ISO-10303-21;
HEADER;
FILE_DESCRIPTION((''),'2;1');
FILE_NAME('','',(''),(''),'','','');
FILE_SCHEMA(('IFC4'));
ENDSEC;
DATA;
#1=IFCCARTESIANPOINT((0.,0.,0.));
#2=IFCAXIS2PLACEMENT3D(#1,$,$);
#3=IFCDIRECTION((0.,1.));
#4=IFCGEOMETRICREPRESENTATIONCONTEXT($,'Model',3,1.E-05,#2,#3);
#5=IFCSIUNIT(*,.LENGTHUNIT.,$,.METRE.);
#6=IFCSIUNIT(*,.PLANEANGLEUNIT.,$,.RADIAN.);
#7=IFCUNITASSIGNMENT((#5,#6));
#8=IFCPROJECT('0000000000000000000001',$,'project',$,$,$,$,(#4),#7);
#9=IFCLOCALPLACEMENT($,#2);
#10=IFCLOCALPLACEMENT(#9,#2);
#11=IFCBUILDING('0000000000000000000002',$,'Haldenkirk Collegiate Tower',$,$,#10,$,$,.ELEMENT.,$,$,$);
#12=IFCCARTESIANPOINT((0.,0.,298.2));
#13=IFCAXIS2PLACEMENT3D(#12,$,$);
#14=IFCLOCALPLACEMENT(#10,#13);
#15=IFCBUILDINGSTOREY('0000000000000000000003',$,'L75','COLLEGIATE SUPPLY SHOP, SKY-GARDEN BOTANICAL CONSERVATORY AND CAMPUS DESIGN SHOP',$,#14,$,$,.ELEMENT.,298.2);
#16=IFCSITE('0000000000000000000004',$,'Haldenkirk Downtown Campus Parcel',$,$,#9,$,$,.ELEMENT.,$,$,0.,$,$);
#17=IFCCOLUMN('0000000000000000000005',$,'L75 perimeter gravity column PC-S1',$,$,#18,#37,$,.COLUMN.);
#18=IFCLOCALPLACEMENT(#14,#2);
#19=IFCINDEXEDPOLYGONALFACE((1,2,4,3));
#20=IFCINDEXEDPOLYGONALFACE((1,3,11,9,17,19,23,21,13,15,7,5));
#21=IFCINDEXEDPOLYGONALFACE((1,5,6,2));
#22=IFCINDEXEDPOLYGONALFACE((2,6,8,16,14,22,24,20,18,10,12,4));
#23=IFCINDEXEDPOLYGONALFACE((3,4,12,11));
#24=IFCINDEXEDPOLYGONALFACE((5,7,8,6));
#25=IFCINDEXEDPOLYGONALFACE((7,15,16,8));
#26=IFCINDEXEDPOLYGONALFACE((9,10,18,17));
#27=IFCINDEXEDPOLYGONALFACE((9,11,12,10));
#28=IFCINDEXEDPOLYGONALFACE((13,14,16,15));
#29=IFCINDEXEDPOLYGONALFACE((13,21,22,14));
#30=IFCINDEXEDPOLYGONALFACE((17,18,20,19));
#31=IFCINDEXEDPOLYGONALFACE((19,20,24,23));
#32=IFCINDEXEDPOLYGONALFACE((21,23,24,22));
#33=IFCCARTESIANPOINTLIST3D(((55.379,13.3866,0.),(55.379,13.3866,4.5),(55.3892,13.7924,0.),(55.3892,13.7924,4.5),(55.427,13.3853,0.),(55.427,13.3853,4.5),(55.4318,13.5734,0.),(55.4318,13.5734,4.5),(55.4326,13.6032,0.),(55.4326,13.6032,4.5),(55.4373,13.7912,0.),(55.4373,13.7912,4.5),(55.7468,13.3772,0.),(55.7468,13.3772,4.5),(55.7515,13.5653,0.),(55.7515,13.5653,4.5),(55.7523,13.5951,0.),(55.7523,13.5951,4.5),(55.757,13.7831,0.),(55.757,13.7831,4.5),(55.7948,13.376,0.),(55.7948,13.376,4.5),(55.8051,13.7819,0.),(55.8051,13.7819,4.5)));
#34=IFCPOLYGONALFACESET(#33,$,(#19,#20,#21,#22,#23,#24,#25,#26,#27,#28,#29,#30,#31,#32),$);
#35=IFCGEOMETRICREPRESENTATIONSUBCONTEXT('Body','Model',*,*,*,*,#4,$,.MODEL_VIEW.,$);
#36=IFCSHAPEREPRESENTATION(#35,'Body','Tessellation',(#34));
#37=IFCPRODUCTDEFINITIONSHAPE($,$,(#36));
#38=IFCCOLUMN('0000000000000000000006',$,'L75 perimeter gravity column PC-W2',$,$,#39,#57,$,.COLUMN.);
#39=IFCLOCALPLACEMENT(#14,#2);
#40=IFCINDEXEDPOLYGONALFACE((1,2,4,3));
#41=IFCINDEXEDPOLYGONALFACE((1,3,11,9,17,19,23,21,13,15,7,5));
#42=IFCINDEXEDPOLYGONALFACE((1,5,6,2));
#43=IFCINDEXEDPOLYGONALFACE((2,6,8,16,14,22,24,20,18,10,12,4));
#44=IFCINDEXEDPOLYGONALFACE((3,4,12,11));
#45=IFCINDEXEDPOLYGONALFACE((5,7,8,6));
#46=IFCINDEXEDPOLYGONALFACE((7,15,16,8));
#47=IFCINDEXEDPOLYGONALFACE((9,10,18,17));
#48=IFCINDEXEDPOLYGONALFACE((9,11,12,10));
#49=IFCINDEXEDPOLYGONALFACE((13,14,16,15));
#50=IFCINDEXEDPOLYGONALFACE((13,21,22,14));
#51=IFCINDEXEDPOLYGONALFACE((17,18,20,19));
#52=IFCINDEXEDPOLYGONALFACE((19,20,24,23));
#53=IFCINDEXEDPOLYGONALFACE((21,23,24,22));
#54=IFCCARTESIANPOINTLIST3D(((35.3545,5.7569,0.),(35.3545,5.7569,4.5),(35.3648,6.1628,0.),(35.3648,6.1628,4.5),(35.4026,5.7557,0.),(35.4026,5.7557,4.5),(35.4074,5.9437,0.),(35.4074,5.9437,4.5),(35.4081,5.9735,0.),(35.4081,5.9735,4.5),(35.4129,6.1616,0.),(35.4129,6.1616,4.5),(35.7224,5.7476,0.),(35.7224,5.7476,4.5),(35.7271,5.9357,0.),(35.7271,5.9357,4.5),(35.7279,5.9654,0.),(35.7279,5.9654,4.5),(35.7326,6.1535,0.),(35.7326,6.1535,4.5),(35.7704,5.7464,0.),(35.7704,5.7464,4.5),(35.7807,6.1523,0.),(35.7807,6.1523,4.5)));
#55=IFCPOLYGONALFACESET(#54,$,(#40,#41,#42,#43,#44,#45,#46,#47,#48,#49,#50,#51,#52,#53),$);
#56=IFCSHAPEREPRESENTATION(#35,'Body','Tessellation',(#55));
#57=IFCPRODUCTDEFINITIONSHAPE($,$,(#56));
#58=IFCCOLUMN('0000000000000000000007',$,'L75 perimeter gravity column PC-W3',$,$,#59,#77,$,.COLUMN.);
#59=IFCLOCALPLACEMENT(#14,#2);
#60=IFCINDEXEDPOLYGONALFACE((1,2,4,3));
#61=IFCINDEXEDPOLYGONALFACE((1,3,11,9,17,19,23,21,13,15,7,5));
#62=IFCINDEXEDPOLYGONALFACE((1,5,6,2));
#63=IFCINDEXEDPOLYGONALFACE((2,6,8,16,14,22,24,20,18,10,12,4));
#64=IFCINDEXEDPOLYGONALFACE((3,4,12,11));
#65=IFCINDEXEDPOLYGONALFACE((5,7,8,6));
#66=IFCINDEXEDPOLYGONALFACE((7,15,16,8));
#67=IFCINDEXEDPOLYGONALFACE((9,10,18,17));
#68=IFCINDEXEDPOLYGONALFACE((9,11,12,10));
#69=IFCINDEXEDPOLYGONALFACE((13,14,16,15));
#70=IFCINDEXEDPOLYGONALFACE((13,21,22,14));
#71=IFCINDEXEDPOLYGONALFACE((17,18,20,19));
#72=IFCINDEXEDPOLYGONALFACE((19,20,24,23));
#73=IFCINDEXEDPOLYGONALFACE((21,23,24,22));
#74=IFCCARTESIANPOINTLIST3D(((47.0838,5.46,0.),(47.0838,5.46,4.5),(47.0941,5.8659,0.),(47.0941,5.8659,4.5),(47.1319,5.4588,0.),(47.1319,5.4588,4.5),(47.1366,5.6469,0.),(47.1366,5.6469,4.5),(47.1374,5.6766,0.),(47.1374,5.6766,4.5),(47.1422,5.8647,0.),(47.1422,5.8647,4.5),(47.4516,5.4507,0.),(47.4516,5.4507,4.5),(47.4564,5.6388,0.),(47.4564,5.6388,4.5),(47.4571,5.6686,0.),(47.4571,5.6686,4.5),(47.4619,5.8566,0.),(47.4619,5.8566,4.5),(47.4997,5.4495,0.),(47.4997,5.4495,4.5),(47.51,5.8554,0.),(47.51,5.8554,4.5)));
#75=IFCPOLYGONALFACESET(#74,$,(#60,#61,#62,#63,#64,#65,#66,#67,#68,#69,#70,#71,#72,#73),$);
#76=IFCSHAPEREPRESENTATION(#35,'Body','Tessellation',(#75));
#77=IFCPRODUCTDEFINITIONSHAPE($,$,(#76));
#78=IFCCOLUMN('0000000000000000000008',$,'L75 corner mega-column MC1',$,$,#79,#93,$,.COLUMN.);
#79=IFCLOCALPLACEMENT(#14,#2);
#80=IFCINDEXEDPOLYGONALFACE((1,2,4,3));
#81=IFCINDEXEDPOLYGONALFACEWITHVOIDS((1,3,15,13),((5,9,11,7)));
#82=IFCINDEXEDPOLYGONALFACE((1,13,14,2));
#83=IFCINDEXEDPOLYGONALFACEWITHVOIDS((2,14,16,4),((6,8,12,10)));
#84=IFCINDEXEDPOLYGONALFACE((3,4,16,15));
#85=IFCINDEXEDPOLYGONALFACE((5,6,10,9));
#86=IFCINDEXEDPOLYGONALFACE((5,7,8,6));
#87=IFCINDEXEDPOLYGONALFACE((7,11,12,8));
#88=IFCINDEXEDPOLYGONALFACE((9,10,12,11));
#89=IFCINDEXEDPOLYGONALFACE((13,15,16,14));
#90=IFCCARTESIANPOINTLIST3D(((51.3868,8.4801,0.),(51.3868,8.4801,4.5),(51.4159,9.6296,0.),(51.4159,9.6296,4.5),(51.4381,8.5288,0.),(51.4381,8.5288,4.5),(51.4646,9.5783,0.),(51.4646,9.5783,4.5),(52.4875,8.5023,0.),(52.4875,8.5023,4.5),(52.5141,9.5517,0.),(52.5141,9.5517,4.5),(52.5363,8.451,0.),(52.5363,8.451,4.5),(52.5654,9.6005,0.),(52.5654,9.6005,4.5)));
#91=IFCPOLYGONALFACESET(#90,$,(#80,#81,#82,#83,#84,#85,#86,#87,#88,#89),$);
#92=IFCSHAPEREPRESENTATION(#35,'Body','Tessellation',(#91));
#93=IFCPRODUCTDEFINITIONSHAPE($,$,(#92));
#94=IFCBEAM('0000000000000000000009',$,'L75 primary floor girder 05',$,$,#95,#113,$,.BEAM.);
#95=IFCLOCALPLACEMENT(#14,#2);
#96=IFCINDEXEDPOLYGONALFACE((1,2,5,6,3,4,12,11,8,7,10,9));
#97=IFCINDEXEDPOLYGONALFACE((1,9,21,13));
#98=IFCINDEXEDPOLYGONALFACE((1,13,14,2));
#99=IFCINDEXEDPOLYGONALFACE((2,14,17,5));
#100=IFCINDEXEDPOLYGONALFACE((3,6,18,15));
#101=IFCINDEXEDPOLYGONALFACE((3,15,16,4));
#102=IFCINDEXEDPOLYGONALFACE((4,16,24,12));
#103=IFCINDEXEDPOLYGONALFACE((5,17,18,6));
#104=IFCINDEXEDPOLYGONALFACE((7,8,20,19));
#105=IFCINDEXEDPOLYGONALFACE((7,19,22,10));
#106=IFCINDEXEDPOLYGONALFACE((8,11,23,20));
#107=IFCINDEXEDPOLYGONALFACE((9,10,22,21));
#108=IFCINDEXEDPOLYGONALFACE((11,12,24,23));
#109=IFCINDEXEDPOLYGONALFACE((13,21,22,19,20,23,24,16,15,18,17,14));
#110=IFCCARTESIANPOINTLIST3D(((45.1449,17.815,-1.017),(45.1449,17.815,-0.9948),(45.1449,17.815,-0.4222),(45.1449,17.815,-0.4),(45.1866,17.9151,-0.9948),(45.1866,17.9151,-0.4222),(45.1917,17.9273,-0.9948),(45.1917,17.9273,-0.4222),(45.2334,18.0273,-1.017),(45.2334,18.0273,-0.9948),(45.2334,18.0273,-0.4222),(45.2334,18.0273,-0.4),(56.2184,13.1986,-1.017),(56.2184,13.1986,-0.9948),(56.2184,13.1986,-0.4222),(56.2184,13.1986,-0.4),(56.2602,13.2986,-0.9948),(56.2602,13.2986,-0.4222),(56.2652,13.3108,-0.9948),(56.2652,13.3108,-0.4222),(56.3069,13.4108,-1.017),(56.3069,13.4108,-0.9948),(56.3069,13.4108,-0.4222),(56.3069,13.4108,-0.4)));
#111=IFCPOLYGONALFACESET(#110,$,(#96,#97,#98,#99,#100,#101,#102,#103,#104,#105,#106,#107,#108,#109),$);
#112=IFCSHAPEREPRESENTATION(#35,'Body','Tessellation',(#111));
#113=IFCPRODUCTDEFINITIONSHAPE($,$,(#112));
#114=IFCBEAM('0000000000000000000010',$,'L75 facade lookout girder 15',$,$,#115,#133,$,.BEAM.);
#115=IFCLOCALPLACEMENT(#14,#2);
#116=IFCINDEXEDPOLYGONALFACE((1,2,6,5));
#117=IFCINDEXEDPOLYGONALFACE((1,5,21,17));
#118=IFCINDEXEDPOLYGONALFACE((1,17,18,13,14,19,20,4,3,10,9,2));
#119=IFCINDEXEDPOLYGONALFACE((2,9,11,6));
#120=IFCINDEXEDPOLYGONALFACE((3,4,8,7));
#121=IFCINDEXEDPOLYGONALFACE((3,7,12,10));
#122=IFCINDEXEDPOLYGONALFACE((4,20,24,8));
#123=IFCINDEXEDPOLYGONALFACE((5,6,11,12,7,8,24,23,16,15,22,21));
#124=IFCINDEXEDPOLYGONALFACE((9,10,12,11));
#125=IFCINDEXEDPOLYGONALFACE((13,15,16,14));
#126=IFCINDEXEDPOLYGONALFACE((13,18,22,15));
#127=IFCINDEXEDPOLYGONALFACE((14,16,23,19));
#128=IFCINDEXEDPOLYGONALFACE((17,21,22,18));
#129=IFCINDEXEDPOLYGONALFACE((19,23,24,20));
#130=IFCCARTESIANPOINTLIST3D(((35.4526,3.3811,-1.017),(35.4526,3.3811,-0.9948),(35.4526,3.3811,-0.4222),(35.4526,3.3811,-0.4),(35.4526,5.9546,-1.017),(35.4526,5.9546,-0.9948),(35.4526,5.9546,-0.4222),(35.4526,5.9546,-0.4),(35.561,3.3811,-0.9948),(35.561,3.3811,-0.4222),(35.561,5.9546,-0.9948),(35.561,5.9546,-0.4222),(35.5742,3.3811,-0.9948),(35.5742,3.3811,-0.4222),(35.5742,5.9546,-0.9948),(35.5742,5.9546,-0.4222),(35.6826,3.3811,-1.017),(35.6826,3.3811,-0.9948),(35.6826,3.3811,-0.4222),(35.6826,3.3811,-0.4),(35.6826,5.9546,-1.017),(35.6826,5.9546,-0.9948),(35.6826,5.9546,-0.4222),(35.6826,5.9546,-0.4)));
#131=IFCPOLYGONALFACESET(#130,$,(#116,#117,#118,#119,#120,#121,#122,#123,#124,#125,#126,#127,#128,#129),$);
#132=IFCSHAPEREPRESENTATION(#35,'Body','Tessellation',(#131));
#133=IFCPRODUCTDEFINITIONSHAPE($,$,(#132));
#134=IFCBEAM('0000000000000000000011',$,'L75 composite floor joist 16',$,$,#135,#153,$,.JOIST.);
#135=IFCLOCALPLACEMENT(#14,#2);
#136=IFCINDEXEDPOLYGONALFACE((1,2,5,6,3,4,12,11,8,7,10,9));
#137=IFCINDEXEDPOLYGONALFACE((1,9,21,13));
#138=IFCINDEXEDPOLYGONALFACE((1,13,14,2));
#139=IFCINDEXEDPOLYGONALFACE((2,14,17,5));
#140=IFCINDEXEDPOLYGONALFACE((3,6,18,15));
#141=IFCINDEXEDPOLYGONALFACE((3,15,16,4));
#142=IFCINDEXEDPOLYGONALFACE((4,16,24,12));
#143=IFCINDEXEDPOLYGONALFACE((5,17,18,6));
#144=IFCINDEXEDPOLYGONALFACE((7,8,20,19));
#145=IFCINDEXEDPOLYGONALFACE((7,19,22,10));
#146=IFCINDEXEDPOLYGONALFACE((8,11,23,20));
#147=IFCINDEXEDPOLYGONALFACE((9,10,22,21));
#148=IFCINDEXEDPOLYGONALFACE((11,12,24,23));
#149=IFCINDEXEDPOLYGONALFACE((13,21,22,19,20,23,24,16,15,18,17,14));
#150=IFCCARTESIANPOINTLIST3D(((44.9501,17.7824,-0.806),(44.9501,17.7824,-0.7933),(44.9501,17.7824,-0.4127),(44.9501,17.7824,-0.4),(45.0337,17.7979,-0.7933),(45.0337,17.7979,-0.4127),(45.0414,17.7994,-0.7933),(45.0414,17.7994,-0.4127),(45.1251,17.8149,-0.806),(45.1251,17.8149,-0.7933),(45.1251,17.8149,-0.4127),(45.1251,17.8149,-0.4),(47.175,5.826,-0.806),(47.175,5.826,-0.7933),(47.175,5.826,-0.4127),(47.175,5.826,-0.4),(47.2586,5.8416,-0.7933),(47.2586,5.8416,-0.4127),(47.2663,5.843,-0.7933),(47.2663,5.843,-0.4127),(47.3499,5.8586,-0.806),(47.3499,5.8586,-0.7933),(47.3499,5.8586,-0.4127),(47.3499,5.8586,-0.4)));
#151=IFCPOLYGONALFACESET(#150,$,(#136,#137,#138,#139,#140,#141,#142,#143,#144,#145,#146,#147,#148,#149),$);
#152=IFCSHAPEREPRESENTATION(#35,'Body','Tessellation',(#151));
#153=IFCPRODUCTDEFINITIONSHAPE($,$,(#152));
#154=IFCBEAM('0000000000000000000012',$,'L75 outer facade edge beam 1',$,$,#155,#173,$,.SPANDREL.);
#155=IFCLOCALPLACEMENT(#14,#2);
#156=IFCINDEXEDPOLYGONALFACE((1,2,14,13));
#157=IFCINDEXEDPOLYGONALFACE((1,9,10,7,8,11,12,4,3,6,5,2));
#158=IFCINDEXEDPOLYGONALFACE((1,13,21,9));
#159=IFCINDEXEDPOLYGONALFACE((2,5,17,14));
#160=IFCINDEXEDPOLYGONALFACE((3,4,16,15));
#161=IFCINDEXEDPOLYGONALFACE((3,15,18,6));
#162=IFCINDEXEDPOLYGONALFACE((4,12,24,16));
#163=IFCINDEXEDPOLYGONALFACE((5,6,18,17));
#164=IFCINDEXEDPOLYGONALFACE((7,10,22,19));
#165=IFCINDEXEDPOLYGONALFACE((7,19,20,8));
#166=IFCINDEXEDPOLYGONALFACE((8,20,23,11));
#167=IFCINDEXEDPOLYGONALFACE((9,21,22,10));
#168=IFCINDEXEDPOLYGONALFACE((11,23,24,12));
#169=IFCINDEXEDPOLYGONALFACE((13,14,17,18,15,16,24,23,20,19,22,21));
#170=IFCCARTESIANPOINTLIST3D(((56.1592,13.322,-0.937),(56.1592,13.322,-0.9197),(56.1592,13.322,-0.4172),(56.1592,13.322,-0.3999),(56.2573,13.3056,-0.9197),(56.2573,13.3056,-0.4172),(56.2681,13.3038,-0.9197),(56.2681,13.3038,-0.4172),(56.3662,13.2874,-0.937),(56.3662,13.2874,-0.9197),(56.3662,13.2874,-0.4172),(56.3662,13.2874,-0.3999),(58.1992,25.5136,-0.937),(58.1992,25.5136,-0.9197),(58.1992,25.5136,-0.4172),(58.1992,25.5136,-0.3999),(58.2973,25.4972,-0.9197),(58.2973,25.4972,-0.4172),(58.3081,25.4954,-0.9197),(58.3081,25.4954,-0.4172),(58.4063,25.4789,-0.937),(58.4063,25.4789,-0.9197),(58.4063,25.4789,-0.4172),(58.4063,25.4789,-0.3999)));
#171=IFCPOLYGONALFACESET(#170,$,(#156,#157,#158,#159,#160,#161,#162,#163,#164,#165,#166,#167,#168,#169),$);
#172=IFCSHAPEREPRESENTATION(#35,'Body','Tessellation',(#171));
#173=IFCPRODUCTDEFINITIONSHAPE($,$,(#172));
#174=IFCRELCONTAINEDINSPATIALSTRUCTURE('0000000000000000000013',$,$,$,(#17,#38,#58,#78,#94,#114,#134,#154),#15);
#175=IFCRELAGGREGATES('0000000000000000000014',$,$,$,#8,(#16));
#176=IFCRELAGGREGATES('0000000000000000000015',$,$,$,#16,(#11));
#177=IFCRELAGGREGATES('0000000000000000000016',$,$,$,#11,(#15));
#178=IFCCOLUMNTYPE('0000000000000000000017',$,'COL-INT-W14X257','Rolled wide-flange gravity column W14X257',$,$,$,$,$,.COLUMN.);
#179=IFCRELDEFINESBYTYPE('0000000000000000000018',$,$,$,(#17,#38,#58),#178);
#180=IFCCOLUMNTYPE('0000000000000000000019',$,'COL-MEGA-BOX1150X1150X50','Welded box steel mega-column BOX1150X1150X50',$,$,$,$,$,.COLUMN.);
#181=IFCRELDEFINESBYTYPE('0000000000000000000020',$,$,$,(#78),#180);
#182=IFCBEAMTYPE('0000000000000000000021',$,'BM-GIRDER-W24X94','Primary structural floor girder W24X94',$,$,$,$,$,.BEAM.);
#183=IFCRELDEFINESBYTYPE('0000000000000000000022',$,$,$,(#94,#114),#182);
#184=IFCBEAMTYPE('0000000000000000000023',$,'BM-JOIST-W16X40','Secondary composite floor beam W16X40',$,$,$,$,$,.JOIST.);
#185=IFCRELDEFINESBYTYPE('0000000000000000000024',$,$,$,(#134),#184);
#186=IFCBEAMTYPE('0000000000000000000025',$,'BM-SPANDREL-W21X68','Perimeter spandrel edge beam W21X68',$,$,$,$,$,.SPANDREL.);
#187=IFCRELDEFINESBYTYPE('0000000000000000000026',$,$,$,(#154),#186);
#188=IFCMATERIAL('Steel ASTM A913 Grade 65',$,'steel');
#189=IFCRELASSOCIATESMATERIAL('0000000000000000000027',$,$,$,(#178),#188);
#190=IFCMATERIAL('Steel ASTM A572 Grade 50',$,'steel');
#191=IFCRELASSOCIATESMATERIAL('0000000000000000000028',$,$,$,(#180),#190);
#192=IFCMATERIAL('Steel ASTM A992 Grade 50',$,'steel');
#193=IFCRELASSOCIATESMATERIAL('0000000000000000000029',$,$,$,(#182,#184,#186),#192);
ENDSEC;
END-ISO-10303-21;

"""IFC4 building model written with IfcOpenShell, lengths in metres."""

from ifc_helpers import new_model, si_unit, direction, frame, origin, origin_2d, place, context, subcontext, project, spatial, hollow_rectangle, i_section, extrude, material, material_profile, profile_set, type_object, element, save


model = new_model("IFC4")

# Units and contexts
model_context = context("Model", 3, precision=1e-05, world=origin(), true_north=direction((0.0, 1.0)))
body_context = subcontext(model_context, "Body", "Model", "MODEL_VIEW")
ifc_project = project(units=[si_unit("LENGTHUNIT", "METRE"), si_unit("PLANEANGLEUNIT", "RADIAN")], contexts=[model_context])

# Site, building, storey
site_placement = place(None, origin())
site = spatial("IfcSite", under=ifc_project, at=site_placement, Name="Haldenkirk Downtown Campus Parcel", CompositionType="ELEMENT", RefElevation=0.0)
building_placement = place(site_placement, origin())
building = spatial("IfcBuilding", under=site, at=building_placement, Name="Haldenkirk Collegiate Tower", CompositionType="ELEMENT")
storey_placement = place(building_placement, frame((0.0, 0.0, 298.2)))
storey = spatial("IfcBuildingStorey", under=building, at=storey_placement, Name="L75", Description="COLLEGIATE SUPPLY SHOP, SKY-GARDEN BOTANICAL CONSERVATORY AND CAMPUS DESIGN SHOP", CompositionType="ELEMENT", Elevation=298.2)

# Columns
ifc_material_1 = material(Name="Steel ASTM A913 Grade 65", Category="steel")
ifc_material_profile_1 = material_profile(ifc_material_1, i_section(OverallWidth=0.406, OverallDepth=0.416, WebThickness=0.0298, FlangeThickness=0.0481, at=origin_2d()), Name="W14X257")
ifc_profile_set_1 = profile_set([ifc_material_profile_1], Name="Steel ASTM A913 Grade 65")
column_type_1 = type_object("IfcColumnType", Name="COL-INT-W14X257", Description="Rolled wide-flange gravity column W14X257", PredefinedType="COLUMN", material=ifc_profile_set_1)
for number, where, z_axis, x_axis, name in (
    (1, (55.592, 13.5842, 0.0), (0.0, 0.0, 1.0), (0.025305, 0.99968, 0.0), "L75 perimeter gravity column PC-S1"),
    (2, (35.5676, 5.9546, 0.0), (0.0, 0.0, 1.0), (0.025305, 0.99968, 0.0), "L75 perimeter gravity column PC-W2"),
    (3, (47.2969, 5.6577, 0.0), (0.0, 0.0, 1.0), (0.025305, 0.99968, 0.0), "L75 perimeter gravity column PC-W3"),
):
    element("IfcColumn", number, at=place(storey_placement, frame(where, z_axis=z_axis, x_axis=x_axis)), inside=storey, type_object=column_type_1, Name=name, PredefinedType="COLUMN", context=body_context, shape_type="SweptSolid", body=[
        extrude(i_section(OverallWidth=0.406, OverallDepth=0.416, WebThickness=0.0298, FlangeThickness=0.0481, at=origin_2d()), origin(), (0.0, 0.0, 1.0), 4.5),
    ])
ifc_material_2 = material(Name="Steel ASTM A572 Grade 50", Category="steel")
ifc_material_profile_2 = material_profile(ifc_material_2, hollow_rectangle(XDim=1.1499, YDim=1.1499, WallThickness=0.05, at=origin_2d()), Name="BOX1150X1150X50")
ifc_profile_set_2 = profile_set([ifc_material_profile_2], Name="Steel ASTM A572 Grade 50")
column_type_2 = type_object("IfcColumnType", Name="COL-MEGA-BOX1150X1150X50", Description="Welded box steel mega-column BOX1150X1150X50", PredefinedType="COLUMN", material=ifc_profile_set_2)
column_placement = place(storey_placement, frame((51.9761, 9.0403, 0.0), z_axis=(0.0, 0.0, 1.0), x_axis=(0.025305, 0.99968, 0.0)))
element("IfcColumn", 4, at=column_placement, inside=storey, type_object=column_type_2, Name="L75 corner mega-column MC1", PredefinedType="COLUMN", context=body_context, shape_type="SweptSolid", body=[
    extrude(hollow_rectangle(XDim=1.1499, YDim=1.1499, WallThickness=0.05, at=origin_2d()), origin(), (0.0, 0.0, 1.0), 4.5),
])

# Beams
ifc_material_3 = material(Name="Steel ASTM A992 Grade 50", Category="steel")
ifc_material_profile_3 = material_profile(ifc_material_3, i_section(OverallWidth=0.23, OverallDepth=0.6169, WebThickness=0.0132, FlangeThickness=0.0222, at=origin_2d()), Name="W24X94")
ifc_profile_set_3 = profile_set([ifc_material_profile_3], Name="Steel ASTM A992 Grade 50")
beam_type_1 = type_object("IfcBeamType", Name="BM-GIRDER-W24X94", Description="Primary structural floor girder W24X94", PredefinedType="BEAM", material=ifc_profile_set_3)
beam_1_placement = place(storey_placement, frame((56.2627, 13.3047, -0.7085), z_axis=(-0.923003, 0.384793, 0.0), x_axis=(-0.384793, -0.923003, 0.0)))
element("IfcBeam", 5, at=beam_1_placement, inside=storey, type_object=beam_type_1, Name="L75 primary floor girder 05", PredefinedType="BEAM", context=body_context, shape_type="SweptSolid", body=[
    extrude(i_section(OverallWidth=0.23, OverallDepth=0.6169, WebThickness=0.0132, FlangeThickness=0.0222, at=origin_2d()), origin(), (0.0, 0.0, 1.0), 11.9973),
])
beam_2_placement = place(storey_placement, frame((35.5676, 5.9546, -0.7085), z_axis=(0.0, -1.0, 0.0), x_axis=(1.0, 0.0, 0.0)))
element("IfcBeam", 6, at=beam_2_placement, inside=storey, type_object=beam_type_1, Name="L75 facade lookout girder 15", PredefinedType="BEAM", context=body_context, shape_type="SweptSolid", body=[
    extrude(i_section(OverallWidth=0.23, OverallDepth=0.6169, WebThickness=0.0132, FlangeThickness=0.0222, at=origin_2d()), origin(), (0.0, 0.0, 1.0), 2.5735),
])
ifc_material_profile_4 = material_profile(ifc_material_3, i_section(OverallWidth=0.178, OverallDepth=0.406, WebThickness=0.0078, FlangeThickness=0.0127, at=origin_2d()), Name="W16X40")
ifc_profile_set_4 = profile_set([ifc_material_profile_4], Name="Steel ASTM A992 Grade 50")
beam_type_2 = type_object("IfcBeamType", Name="BM-JOIST-W16X40", Description="Secondary composite floor beam W16X40", PredefinedType="JOIST", material=ifc_profile_set_4)
beam_3_placement = place(storey_placement, frame((47.2625, 5.8423, -0.603), z_axis=(-0.182942, 0.983124, 0.0), x_axis=(-0.983124, -0.182942, 0.0)))
element("IfcBeam", 7, at=beam_3_placement, inside=storey, type_object=beam_type_2, Name="L75 composite floor joist 16", PredefinedType="JOIST", context=body_context, shape_type="SweptSolid", body=[
    extrude(i_section(OverallWidth=0.178, OverallDepth=0.406, WebThickness=0.0078, FlangeThickness=0.0127, at=origin_2d()), origin(), (0.0, 0.0, 1.0), 12.1616),
])
ifc_material_profile_5 = material_profile(ifc_material_3, i_section(OverallWidth=0.21, OverallDepth=0.5371, WebThickness=0.011, FlangeThickness=0.0173, at=origin_2d()), Name="W21X68")
ifc_profile_set_5 = profile_set([ifc_material_profile_5], Name="Steel ASTM A992 Grade 50")
beam_type_3 = type_object("IfcBeamType", Name="BM-SPANDREL-W21X68", Description="Perimeter spandrel edge beam W21X68", PredefinedType="SPANDREL", material=ifc_profile_set_5)
beam_4_placement = place(storey_placement, frame((56.2627, 13.3047, -0.6685), z_axis=(0.165036, 0.986287, 0.0), x_axis=(-0.986287, 0.165036, 0.0)))
element("IfcBeam", 8, at=beam_4_placement, inside=storey, type_object=beam_type_3, Name="L75 outer facade edge beam 1", PredefinedType="SPANDREL", context=body_context, shape_type="SweptSolid", body=[
    extrude(i_section(OverallWidth=0.21, OverallDepth=0.5371, WebThickness=0.011, FlangeThickness=0.0173, at=origin_2d()), origin(), (0.0, 0.0, 1.0), 12.3611),
])

save(model, "model.ifc")
